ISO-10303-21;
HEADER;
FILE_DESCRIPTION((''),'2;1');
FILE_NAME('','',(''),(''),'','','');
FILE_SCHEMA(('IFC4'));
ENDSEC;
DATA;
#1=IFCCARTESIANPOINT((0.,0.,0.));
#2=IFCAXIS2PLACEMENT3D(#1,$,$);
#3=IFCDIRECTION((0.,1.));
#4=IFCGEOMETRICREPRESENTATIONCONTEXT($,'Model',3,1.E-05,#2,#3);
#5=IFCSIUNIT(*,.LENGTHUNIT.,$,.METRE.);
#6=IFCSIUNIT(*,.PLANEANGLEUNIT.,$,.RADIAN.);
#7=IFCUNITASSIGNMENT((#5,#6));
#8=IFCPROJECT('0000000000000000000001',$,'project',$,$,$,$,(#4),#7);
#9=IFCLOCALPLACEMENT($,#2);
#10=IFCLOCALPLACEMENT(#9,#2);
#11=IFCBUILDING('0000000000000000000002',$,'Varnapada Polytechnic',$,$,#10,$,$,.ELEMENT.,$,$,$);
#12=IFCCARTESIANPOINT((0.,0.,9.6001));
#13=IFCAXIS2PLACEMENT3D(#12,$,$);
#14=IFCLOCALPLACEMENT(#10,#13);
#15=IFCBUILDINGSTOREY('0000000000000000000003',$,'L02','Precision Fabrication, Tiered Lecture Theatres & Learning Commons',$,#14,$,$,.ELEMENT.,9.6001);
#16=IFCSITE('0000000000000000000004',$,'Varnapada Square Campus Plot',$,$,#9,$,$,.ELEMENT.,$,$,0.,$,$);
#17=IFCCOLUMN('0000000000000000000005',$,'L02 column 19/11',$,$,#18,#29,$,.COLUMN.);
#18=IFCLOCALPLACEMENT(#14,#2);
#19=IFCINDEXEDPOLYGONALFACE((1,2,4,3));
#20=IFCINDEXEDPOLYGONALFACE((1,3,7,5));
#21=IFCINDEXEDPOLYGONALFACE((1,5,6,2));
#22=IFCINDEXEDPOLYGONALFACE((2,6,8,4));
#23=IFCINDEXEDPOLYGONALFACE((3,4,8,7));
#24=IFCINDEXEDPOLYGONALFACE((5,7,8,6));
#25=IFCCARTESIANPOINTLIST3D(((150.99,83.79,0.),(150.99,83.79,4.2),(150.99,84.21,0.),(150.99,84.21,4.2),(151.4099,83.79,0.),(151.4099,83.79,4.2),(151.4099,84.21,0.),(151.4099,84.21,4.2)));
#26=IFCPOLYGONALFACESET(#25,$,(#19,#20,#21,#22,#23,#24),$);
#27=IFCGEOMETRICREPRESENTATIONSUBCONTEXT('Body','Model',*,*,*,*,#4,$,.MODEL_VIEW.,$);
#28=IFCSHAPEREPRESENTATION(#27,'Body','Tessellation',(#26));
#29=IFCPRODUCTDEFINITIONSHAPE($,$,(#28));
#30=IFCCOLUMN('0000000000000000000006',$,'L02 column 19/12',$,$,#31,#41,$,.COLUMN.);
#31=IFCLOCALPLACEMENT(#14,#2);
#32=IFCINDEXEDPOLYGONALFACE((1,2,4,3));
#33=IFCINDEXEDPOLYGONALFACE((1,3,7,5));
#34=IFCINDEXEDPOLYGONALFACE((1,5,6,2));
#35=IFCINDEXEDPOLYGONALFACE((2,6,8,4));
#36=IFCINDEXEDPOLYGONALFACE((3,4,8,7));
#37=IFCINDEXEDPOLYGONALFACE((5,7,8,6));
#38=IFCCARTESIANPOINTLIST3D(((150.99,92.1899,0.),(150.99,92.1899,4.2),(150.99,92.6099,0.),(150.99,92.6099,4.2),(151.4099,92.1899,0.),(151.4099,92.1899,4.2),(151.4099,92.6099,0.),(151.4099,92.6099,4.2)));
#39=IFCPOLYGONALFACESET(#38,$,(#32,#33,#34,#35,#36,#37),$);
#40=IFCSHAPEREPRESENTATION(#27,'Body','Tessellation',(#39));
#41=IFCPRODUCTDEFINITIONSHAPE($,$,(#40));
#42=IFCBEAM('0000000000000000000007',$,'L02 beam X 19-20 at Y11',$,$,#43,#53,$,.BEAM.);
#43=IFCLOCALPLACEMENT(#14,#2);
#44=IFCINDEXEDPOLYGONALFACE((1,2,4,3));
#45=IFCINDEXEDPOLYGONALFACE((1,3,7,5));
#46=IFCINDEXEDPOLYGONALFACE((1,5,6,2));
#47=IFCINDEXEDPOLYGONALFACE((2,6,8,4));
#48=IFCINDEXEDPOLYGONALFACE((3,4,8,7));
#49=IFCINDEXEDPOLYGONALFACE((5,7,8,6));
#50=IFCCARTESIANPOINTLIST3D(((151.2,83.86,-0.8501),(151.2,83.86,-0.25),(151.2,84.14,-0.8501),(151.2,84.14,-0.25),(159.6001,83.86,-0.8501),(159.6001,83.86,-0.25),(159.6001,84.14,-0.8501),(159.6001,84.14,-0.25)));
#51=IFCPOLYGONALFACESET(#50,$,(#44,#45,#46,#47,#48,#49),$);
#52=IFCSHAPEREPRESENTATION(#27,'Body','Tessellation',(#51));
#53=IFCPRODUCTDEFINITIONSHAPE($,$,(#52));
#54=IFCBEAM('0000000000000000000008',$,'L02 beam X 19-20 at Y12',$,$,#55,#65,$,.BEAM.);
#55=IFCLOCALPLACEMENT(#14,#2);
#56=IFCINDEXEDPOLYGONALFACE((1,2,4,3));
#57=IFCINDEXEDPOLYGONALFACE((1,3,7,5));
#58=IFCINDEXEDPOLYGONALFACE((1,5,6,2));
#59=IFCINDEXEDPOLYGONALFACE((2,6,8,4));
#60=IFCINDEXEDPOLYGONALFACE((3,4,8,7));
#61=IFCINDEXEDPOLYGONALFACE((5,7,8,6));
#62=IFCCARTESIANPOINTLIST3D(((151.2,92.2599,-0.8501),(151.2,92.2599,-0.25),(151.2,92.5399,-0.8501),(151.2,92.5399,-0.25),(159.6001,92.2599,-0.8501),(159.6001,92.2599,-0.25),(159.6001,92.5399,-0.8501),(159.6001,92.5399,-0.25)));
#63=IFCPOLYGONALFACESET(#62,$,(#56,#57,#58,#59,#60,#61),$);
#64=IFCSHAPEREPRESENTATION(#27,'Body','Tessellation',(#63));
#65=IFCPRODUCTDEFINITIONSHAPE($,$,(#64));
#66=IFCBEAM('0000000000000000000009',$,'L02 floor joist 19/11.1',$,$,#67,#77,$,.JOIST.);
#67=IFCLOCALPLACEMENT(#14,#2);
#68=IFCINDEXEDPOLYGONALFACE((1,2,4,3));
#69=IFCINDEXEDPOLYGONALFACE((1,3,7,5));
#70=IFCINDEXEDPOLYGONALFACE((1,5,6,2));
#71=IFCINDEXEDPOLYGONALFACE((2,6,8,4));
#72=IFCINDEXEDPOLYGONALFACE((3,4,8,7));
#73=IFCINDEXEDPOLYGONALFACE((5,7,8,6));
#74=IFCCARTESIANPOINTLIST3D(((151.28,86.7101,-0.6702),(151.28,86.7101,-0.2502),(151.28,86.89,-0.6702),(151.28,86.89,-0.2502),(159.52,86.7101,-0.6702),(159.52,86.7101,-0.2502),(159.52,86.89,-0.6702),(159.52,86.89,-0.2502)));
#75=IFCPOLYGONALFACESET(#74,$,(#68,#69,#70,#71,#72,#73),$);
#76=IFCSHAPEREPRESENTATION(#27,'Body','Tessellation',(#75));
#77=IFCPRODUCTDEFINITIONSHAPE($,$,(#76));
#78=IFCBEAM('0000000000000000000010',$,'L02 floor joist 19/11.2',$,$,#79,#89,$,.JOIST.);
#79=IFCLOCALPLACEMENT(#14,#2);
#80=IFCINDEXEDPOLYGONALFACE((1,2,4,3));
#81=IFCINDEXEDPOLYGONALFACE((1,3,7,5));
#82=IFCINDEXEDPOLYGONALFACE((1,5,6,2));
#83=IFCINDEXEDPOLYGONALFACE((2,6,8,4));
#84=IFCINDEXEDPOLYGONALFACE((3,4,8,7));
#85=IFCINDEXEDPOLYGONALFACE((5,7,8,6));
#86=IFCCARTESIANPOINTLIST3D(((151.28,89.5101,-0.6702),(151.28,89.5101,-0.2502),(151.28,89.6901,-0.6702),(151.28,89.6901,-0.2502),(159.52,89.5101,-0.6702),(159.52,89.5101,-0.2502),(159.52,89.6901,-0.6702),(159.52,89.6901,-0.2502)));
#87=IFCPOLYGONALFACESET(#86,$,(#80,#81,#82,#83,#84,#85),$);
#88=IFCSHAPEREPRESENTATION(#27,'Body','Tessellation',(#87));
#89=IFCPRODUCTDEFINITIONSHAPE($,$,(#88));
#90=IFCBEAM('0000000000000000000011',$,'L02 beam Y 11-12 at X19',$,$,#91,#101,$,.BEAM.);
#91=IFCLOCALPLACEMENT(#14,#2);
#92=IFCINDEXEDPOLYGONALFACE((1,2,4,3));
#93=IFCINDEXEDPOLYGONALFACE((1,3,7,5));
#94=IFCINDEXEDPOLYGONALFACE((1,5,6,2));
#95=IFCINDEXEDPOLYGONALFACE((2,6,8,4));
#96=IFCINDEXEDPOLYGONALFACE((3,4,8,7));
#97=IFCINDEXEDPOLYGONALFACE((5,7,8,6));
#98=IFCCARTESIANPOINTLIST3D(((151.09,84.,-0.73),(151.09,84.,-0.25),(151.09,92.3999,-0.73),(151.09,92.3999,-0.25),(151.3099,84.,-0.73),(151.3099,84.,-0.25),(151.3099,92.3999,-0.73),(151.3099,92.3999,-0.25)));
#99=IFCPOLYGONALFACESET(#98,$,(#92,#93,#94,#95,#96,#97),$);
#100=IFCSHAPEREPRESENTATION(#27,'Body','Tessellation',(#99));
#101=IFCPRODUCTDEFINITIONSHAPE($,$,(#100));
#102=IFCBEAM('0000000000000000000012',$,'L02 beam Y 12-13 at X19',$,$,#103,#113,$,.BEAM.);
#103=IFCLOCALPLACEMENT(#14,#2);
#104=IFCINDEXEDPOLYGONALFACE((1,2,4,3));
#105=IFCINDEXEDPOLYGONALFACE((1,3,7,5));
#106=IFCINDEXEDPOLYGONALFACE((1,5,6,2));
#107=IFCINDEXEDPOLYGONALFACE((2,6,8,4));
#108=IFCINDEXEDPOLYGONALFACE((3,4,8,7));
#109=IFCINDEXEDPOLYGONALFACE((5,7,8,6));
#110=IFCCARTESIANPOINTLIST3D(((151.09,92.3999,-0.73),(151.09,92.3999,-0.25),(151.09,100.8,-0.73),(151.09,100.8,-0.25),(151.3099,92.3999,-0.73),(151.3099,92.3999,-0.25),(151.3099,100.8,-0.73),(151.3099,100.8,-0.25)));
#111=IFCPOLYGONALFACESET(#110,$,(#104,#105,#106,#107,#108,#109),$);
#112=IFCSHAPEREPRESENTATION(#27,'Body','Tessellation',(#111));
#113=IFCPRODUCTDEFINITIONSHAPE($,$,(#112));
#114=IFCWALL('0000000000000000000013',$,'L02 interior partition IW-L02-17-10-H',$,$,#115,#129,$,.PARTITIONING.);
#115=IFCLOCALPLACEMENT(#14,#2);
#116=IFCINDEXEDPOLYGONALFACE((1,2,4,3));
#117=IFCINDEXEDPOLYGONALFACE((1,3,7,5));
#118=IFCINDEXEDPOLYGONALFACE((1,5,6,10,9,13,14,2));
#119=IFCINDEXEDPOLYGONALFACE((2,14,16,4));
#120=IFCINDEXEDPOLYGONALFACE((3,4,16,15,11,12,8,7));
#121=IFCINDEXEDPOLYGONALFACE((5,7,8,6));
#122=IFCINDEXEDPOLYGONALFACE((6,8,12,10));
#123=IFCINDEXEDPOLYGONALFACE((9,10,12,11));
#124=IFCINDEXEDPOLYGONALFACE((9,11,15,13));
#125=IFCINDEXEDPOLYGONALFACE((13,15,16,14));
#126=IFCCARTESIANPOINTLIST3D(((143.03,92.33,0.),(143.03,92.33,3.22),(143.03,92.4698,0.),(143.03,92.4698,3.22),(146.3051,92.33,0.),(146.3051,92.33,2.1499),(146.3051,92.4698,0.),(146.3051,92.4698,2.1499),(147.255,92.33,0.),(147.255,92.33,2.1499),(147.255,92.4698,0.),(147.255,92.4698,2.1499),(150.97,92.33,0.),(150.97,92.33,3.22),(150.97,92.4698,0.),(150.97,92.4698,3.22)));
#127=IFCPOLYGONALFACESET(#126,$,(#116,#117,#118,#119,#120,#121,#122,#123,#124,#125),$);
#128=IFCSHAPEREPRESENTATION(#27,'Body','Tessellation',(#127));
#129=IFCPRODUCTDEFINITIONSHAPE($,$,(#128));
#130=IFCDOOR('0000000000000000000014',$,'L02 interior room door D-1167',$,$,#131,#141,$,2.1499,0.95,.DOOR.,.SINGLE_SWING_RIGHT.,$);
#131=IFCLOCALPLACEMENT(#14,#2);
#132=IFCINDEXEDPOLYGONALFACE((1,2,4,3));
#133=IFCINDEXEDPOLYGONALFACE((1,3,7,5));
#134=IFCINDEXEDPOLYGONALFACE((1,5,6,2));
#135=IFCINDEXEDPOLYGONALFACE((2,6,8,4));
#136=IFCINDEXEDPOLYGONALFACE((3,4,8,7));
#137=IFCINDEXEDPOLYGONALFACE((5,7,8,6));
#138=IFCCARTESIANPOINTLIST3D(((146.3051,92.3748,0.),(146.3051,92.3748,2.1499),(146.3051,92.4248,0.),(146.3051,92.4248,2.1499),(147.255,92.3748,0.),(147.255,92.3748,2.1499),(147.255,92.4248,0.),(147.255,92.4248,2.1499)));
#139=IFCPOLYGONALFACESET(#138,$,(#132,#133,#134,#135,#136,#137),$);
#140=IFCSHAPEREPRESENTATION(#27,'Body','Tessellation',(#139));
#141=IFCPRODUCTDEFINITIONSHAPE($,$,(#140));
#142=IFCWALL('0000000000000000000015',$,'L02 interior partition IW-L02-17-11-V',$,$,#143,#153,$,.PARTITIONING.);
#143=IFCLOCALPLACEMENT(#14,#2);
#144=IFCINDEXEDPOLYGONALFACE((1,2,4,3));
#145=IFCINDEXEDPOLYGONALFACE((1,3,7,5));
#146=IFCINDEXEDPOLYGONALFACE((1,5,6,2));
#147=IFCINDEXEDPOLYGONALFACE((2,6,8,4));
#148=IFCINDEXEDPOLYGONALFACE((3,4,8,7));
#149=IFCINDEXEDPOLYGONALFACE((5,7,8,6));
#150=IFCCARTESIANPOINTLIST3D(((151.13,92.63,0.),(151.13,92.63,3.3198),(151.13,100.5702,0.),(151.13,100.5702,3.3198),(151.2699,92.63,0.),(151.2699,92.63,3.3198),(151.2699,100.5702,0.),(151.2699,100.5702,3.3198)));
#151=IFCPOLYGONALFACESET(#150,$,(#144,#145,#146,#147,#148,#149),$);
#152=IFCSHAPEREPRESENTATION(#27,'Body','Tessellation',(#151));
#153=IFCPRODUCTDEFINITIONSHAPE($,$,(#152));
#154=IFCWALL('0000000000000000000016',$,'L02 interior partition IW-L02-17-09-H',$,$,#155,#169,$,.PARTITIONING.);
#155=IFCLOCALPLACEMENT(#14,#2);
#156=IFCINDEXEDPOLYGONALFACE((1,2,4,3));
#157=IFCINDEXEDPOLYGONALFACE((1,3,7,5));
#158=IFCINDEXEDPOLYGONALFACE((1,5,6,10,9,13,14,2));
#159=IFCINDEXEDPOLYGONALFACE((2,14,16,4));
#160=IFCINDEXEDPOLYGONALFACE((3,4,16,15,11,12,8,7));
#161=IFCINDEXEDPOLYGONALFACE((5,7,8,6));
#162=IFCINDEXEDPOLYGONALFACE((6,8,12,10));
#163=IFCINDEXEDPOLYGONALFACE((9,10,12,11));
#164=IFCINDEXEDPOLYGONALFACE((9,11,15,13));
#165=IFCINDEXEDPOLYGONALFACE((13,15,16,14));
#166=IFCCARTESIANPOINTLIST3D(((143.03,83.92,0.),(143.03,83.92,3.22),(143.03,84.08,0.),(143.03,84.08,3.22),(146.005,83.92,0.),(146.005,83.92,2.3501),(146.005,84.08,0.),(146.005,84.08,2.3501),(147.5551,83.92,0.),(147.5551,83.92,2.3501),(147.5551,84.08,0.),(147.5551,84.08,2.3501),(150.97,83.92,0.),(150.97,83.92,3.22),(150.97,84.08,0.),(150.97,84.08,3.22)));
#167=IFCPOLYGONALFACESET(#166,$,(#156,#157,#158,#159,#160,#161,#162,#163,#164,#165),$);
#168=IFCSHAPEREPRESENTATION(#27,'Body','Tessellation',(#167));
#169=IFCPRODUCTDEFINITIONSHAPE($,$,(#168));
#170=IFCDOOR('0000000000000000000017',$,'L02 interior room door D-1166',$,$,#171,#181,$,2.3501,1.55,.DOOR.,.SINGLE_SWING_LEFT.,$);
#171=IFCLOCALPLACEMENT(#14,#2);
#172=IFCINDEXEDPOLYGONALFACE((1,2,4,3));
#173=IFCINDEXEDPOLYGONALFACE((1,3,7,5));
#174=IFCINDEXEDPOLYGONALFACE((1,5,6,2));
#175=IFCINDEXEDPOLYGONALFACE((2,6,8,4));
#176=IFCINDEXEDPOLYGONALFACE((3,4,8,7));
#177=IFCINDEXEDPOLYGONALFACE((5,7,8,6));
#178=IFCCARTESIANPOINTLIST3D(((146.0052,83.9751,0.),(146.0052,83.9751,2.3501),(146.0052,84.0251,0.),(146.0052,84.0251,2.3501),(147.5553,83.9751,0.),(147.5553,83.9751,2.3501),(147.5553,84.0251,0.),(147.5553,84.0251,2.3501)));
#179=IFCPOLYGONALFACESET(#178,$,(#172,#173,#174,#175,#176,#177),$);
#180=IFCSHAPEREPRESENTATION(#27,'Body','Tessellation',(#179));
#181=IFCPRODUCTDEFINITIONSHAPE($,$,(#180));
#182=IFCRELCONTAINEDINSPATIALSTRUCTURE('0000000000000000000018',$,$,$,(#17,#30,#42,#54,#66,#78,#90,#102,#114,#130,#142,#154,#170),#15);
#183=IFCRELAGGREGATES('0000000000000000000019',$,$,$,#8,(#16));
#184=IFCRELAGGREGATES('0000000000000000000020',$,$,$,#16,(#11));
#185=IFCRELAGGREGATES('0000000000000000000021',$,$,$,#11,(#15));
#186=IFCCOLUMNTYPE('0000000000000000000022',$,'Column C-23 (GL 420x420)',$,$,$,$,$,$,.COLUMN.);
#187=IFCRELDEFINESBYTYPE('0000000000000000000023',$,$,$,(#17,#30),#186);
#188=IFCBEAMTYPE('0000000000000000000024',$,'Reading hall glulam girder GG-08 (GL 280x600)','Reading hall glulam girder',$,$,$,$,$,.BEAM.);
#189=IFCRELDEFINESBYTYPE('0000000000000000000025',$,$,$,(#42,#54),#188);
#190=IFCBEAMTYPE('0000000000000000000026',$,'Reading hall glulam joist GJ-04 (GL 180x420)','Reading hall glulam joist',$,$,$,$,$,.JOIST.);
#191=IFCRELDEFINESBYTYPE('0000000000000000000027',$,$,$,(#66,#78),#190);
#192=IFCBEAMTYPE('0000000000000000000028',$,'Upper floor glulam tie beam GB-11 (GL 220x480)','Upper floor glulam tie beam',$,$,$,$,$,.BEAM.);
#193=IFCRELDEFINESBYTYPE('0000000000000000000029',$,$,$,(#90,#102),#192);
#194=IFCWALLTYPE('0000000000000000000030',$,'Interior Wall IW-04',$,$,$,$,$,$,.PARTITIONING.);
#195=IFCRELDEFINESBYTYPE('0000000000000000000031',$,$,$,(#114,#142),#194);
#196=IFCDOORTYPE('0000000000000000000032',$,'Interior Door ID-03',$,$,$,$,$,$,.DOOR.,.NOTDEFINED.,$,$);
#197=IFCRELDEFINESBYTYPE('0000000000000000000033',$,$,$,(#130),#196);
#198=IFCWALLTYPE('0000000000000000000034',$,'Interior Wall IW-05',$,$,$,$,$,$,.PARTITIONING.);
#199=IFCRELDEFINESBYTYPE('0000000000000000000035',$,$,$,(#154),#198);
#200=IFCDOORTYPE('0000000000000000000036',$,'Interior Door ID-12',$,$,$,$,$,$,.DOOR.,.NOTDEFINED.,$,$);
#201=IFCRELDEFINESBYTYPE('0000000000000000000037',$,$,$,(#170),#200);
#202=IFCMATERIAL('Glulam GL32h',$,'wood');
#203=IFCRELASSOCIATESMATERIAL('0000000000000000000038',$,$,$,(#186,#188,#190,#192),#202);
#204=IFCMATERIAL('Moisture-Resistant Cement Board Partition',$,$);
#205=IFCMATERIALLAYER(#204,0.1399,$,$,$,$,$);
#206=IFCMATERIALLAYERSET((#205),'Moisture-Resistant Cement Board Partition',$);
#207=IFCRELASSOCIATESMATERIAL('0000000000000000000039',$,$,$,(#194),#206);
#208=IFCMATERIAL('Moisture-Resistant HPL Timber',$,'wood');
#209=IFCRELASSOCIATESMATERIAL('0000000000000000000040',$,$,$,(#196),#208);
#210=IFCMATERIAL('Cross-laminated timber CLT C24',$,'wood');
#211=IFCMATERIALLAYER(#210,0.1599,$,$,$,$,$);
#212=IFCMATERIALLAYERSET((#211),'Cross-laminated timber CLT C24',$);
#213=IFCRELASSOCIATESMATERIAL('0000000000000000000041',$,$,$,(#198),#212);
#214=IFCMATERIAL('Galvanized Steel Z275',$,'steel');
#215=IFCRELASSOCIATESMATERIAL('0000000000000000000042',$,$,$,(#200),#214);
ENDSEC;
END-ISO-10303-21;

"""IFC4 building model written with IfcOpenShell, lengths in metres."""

from ifc_helpers import new_model, si_unit, direction, frame, frame_2d, origin, origin_2d, place, context, subcontext, project, spatial, rectangle, extrude, material, layer, layer_set, material_profile, profile_set, type_object, element, fill, save


model = new_model("IFC4")

# Units and contexts
model_context = context("Model", 3, precision=1e-05, world=origin(), true_north=direction((0.0, 1.0)))
body_context = subcontext(model_context, "Body", "Model", "MODEL_VIEW")
ifc_project = project(units=[si_unit("LENGTHUNIT", "METRE"), si_unit("PLANEANGLEUNIT", "RADIAN")], contexts=[model_context])

# Site, building, storey
site_placement = place(None, origin())
site = spatial("IfcSite", under=ifc_project, at=site_placement, Name="Varnapada Square Campus Plot", CompositionType="ELEMENT", RefElevation=0.0)
building_placement = place(site_placement, origin())
building = spatial("IfcBuilding", under=site, at=building_placement, Name="Varnapada Polytechnic", CompositionType="ELEMENT")
storey_placement = place(building_placement, frame((0.0, 0.0, 9.6001)))
storey = spatial("IfcBuildingStorey", under=building, at=storey_placement, Name="L02", Description="Precision Fabrication, Tiered Lecture Theatres & Learning Commons", CompositionType="ELEMENT", Elevation=9.6001)

# Columns
ifc_material_1 = material(Name="Glulam GL32h", Category="wood")
ifc_material_profile_1 = material_profile(ifc_material_1, rectangle(XDim=0.4199, YDim=0.4199, at=origin_2d()), Name="GL 420x420")
ifc_profile_set_1 = profile_set([ifc_material_profile_1], Name="Glulam GL32h")
column_type = type_object("IfcColumnType", Name="Column C-23 (GL 420x420)", PredefinedType="COLUMN", material=ifc_profile_set_1)
for number, where, z_axis, x_axis, name in (
    (1, (151.2, 84.0, 0.0), (0.0, 0.0, 1.0), (1.0, 0.0, 0.0), "L02 column 19/11"),
    (2, (151.2, 92.3999, 0.0), (0.0, 0.0, 1.0), (1.0, 0.0, 0.0), "L02 column 19/12"),
):
    element("IfcColumn", number, at=place(storey_placement, frame(where, z_axis=z_axis, x_axis=x_axis)), inside=storey, type_object=column_type, Name=name, PredefinedType="COLUMN", context=body_context, shape_type="SweptSolid", body=[
        extrude(rectangle(XDim=0.4199, YDim=0.4199, at=origin_2d()), origin(), (0.0, 0.0, 1.0), 4.2),
    ])

# Beams
ifc_material_profile_2 = material_profile(ifc_material_1, rectangle(XDim=0.28, YDim=0.6001, at=origin_2d()), Name="GL 280x600")
ifc_profile_set_2 = profile_set([ifc_material_profile_2], Name="Glulam GL32h")
beam_type_1 = type_object("IfcBeamType", Name="Reading hall glulam girder GG-08 (GL 280x600)", Description="Reading hall glulam girder", PredefinedType="BEAM", material=ifc_profile_set_2)
for number, where, z_axis, x_axis, name in (
    (3, (151.2, 84.0, -0.55), (1.0, 0.0, 0.0), (0.0, 1.0, 0.0), "L02 beam X 19-20 at Y11"),
    (4, (151.2, 92.3999, -0.55), (1.0, 0.0, 0.0), (0.0, 1.0, 0.0), "L02 beam X 19-20 at Y12"),
):
    element("IfcBeam", number, at=place(storey_placement, frame(where, z_axis=z_axis, x_axis=x_axis)), inside=storey, type_object=beam_type_1, Name=name, PredefinedType="BEAM", context=body_context, shape_type="SweptSolid", body=[
        extrude(rectangle(XDim=0.28, YDim=0.6001, at=origin_2d()), origin(), (0.0, 0.0, 1.0), 8.4001),
    ])
ifc_material_profile_3 = material_profile(ifc_material_1, rectangle(XDim=0.1799, YDim=0.4199, at=origin_2d()), Name="GL 180x420")
ifc_profile_set_3 = profile_set([ifc_material_profile_3], Name="Glulam GL32h")
beam_type_2 = type_object("IfcBeamType", Name="Reading hall glulam joist GJ-04 (GL 180x420)", Description="Reading hall glulam joist", PredefinedType="JOIST", material=ifc_profile_set_3)
for number, where, z_axis, x_axis, name in (
    (5, (151.28, 86.8, -0.4602), (1.0, 0.0, 0.0), (0.0, 1.0, 0.0), "L02 floor joist 19/11.1"),
    (6, (151.28, 89.6001, -0.4602), (1.0, 0.0, 0.0), (0.0, 1.0, 0.0), "L02 floor joist 19/11.2"),
):
    element("IfcBeam", number, at=place(storey_placement, frame(where, z_axis=z_axis, x_axis=x_axis)), inside=storey, type_object=beam_type_2, Name=name, PredefinedType="JOIST", context=body_context, shape_type="SweptSolid", body=[
        extrude(rectangle(XDim=0.1799, YDim=0.4199, at=origin_2d()), origin(), (0.0, 0.0, 1.0), 8.24),
    ])
ifc_material_profile_4 = material_profile(ifc_material_1, rectangle(XDim=0.22, YDim=0.48, at=origin_2d()), Name="GL 220x480")
ifc_profile_set_4 = profile_set([ifc_material_profile_4], Name="Glulam GL32h")
beam_type_3 = type_object("IfcBeamType", Name="Upper floor glulam tie beam GB-11 (GL 220x480)", Description="Upper floor glulam tie beam", PredefinedType="BEAM", material=ifc_profile_set_4)
beam_1_placement = place(storey_placement, frame((151.2, 84.0, -0.49), z_axis=(0.0, 1.0, 0.0), x_axis=(-1.0, 0.0, 0.0)))
element("IfcBeam", 7, at=beam_1_placement, inside=storey, type_object=beam_type_3, Name="L02 beam Y 11-12 at X19", PredefinedType="BEAM", context=body_context, shape_type="SweptSolid", body=[
    extrude(rectangle(XDim=0.22, YDim=0.48, at=origin_2d()), origin(), (0.0, 0.0, 1.0), 8.3999),
])
beam_2_placement = place(storey_placement, frame((151.2, 92.3999, -0.49), z_axis=(0.0, 1.0, 0.0), x_axis=(-1.0, 0.0, 0.0)))
element("IfcBeam", 8, at=beam_2_placement, inside=storey, type_object=beam_type_3, Name="L02 beam Y 12-13 at X19", PredefinedType="BEAM", context=body_context, shape_type="SweptSolid", body=[
    extrude(rectangle(XDim=0.22, YDim=0.48, at=origin_2d()), origin(), (0.0, 0.0, 1.0), 8.4001),
])

# Wall, opening, door
ifc_material_2 = material(Name="Moisture-Resistant Cement Board Partition")
ifc_layer_1 = layer(ifc_material_2, 0.1399)
ifc_layer_set_1 = layer_set([ifc_layer_1], Name="Moisture-Resistant Cement Board Partition")
wall_type_1 = type_object("IfcWallType", Name="Interior Wall IW-04", PredefinedType="PARTITIONING", material=ifc_layer_set_1)
wall_1_placement = place(storey_placement, frame((143.03, 92.3999, 0.0), z_axis=(0.0, 0.0, 1.0), x_axis=(1.0, 0.0, 0.0)))
wall_1 = element("IfcWall", 9, at=wall_1_placement, inside=storey, type_object=wall_type_1, Name="L02 interior partition IW-L02-17-10-H", PredefinedType="PARTITIONING", context=body_context, shape_type="SweptSolid", body=[
    extrude(rectangle(XDim=7.9399, YDim=0.1399, at=frame_2d((3.97, 0.0))), origin(), (0.0, 0.0, 1.0), 3.22),
])
opening_1_placement = place(wall_1_placement, frame((3.2749, 0.0, 0.0)))
opening_1 = element("IfcOpeningElement", 10, at=opening_1_placement, cuts=wall_1, PredefinedType="OPENING", context=body_context, shape_type="SweptSolid", body=[
    extrude(rectangle(XDim=0.95, YDim=2.1499, at=frame_2d((0.4751, 1.075))), frame((0.0, 0.0798, 0.0), z_axis=(0.0, -1.0, 0.0), x_axis=(1.0, 0.0, 0.0)), (0.0, 0.0, 1.0), 0.1599),
])
ifc_material_3 = material(Name="Moisture-Resistant HPL Timber", Category="wood")
door_type_1 = type_object("IfcDoorType", Name="Interior Door ID-03", OperationType="NOTDEFINED", PredefinedType="DOOR", material=ifc_material_3)
door_1_placement = place(opening_1_placement, origin())
door_1 = element("IfcDoor", 11, at=door_1_placement, inside=storey, type_object=door_type_1, Name="L02 interior room door D-1167", OperationType="SINGLE_SWING_RIGHT", OverallHeight=2.1499, OverallWidth=0.95, PredefinedType="DOOR", context=body_context, shape_type="SweptSolid", body=[
    extrude(rectangle(XDim=0.95, YDim=2.1499, at=frame_2d((0.4751, 1.075))), frame((0.0, 0.0249, 0.0), z_axis=(0.0, -1.0, 0.0), x_axis=(1.0, 0.0, 0.0)), (0.0, 0.0, 1.0), 0.05),
])
fill(opening_1, door_1)

# Wall
wall_2_placement = place(storey_placement, frame((151.2, 92.6299, 0.0), z_axis=(0.0, 0.0, 1.0), x_axis=(0.0, 1.0, 0.0)))
element("IfcWall", 12, at=wall_2_placement, inside=storey, type_object=wall_type_1, Name="L02 interior partition IW-L02-17-11-V", PredefinedType="PARTITIONING", context=body_context, shape_type="SweptSolid", body=[
    extrude(rectangle(XDim=7.9402, YDim=0.1399, at=frame_2d((3.9702, 0.0))), origin(), (0.0, 0.0, 1.0), 3.3198),
])

# Wall, opening, door
ifc_material_4 = material(Name="Cross-laminated timber CLT C24", Category="wood")
ifc_layer_2 = layer(ifc_material_4, 0.1599)
ifc_layer_set_2 = layer_set([ifc_layer_2], Name="Cross-laminated timber CLT C24")
wall_type_2 = type_object("IfcWallType", Name="Interior Wall IW-05", PredefinedType="PARTITIONING", material=ifc_layer_set_2)
wall_3_placement = place(storey_placement, frame((143.03, 84.0, 0.0), z_axis=(0.0, 0.0, 1.0), x_axis=(1.0, 0.0, 0.0)))
wall_3 = element("IfcWall", 13, at=wall_3_placement, inside=storey, type_object=wall_type_2, Name="L02 interior partition IW-L02-17-09-H", PredefinedType="PARTITIONING", context=body_context, shape_type="SweptSolid", body=[
    extrude(rectangle(XDim=7.9399, YDim=0.1599, at=frame_2d((3.97, 0.0))), origin(), (0.0, 0.0, 1.0), 3.22),
])
opening_2_placement = place(wall_3_placement, frame((2.9751, 0.0, 0.0)))
opening_2 = element("IfcOpeningElement", 14, at=opening_2_placement, cuts=wall_3, PredefinedType="OPENING", context=body_context, shape_type="SweptSolid", body=[
    extrude(rectangle(XDim=1.55, YDim=2.3501, at=frame_2d((0.7749, 1.175))), frame((0.0, 0.0898, 0.0), z_axis=(0.0, -1.0, 0.0), x_axis=(1.0, 0.0, 0.0)), (0.0, 0.0, 1.0), 0.1799),
])
ifc_material_5 = material(Name="Galvanized Steel Z275", Category="steel")
door_type_2 = type_object("IfcDoorType", Name="Interior Door ID-12", OperationType="NOTDEFINED", PredefinedType="DOOR", material=ifc_material_5)
door_2_placement = place(opening_2_placement, frame((1.55, 0.0, 0.0), z_axis=(0.0, 0.0, 1.0), x_axis=(-1.0, 0.0, 0.0)))
door_2 = element("IfcDoor", 15, at=door_2_placement, inside=storey, type_object=door_type_2, Name="L02 interior room door D-1166", OperationType="SINGLE_SWING_LEFT", OverallHeight=2.3501, OverallWidth=1.55, PredefinedType="DOOR", context=body_context, shape_type="SweptSolid", body=[
    extrude(rectangle(XDim=1.55, YDim=2.3501, at=frame_2d((0.7749, 1.175))), frame((0.0, 0.0249, 0.0), z_axis=(0.0, -1.0, 0.0), x_axis=(1.0, 0.0, 0.0)), (0.0, 0.0, 1.0), 0.05),
])
fill(opening_2, door_2)

save(model, "model.ifc")
